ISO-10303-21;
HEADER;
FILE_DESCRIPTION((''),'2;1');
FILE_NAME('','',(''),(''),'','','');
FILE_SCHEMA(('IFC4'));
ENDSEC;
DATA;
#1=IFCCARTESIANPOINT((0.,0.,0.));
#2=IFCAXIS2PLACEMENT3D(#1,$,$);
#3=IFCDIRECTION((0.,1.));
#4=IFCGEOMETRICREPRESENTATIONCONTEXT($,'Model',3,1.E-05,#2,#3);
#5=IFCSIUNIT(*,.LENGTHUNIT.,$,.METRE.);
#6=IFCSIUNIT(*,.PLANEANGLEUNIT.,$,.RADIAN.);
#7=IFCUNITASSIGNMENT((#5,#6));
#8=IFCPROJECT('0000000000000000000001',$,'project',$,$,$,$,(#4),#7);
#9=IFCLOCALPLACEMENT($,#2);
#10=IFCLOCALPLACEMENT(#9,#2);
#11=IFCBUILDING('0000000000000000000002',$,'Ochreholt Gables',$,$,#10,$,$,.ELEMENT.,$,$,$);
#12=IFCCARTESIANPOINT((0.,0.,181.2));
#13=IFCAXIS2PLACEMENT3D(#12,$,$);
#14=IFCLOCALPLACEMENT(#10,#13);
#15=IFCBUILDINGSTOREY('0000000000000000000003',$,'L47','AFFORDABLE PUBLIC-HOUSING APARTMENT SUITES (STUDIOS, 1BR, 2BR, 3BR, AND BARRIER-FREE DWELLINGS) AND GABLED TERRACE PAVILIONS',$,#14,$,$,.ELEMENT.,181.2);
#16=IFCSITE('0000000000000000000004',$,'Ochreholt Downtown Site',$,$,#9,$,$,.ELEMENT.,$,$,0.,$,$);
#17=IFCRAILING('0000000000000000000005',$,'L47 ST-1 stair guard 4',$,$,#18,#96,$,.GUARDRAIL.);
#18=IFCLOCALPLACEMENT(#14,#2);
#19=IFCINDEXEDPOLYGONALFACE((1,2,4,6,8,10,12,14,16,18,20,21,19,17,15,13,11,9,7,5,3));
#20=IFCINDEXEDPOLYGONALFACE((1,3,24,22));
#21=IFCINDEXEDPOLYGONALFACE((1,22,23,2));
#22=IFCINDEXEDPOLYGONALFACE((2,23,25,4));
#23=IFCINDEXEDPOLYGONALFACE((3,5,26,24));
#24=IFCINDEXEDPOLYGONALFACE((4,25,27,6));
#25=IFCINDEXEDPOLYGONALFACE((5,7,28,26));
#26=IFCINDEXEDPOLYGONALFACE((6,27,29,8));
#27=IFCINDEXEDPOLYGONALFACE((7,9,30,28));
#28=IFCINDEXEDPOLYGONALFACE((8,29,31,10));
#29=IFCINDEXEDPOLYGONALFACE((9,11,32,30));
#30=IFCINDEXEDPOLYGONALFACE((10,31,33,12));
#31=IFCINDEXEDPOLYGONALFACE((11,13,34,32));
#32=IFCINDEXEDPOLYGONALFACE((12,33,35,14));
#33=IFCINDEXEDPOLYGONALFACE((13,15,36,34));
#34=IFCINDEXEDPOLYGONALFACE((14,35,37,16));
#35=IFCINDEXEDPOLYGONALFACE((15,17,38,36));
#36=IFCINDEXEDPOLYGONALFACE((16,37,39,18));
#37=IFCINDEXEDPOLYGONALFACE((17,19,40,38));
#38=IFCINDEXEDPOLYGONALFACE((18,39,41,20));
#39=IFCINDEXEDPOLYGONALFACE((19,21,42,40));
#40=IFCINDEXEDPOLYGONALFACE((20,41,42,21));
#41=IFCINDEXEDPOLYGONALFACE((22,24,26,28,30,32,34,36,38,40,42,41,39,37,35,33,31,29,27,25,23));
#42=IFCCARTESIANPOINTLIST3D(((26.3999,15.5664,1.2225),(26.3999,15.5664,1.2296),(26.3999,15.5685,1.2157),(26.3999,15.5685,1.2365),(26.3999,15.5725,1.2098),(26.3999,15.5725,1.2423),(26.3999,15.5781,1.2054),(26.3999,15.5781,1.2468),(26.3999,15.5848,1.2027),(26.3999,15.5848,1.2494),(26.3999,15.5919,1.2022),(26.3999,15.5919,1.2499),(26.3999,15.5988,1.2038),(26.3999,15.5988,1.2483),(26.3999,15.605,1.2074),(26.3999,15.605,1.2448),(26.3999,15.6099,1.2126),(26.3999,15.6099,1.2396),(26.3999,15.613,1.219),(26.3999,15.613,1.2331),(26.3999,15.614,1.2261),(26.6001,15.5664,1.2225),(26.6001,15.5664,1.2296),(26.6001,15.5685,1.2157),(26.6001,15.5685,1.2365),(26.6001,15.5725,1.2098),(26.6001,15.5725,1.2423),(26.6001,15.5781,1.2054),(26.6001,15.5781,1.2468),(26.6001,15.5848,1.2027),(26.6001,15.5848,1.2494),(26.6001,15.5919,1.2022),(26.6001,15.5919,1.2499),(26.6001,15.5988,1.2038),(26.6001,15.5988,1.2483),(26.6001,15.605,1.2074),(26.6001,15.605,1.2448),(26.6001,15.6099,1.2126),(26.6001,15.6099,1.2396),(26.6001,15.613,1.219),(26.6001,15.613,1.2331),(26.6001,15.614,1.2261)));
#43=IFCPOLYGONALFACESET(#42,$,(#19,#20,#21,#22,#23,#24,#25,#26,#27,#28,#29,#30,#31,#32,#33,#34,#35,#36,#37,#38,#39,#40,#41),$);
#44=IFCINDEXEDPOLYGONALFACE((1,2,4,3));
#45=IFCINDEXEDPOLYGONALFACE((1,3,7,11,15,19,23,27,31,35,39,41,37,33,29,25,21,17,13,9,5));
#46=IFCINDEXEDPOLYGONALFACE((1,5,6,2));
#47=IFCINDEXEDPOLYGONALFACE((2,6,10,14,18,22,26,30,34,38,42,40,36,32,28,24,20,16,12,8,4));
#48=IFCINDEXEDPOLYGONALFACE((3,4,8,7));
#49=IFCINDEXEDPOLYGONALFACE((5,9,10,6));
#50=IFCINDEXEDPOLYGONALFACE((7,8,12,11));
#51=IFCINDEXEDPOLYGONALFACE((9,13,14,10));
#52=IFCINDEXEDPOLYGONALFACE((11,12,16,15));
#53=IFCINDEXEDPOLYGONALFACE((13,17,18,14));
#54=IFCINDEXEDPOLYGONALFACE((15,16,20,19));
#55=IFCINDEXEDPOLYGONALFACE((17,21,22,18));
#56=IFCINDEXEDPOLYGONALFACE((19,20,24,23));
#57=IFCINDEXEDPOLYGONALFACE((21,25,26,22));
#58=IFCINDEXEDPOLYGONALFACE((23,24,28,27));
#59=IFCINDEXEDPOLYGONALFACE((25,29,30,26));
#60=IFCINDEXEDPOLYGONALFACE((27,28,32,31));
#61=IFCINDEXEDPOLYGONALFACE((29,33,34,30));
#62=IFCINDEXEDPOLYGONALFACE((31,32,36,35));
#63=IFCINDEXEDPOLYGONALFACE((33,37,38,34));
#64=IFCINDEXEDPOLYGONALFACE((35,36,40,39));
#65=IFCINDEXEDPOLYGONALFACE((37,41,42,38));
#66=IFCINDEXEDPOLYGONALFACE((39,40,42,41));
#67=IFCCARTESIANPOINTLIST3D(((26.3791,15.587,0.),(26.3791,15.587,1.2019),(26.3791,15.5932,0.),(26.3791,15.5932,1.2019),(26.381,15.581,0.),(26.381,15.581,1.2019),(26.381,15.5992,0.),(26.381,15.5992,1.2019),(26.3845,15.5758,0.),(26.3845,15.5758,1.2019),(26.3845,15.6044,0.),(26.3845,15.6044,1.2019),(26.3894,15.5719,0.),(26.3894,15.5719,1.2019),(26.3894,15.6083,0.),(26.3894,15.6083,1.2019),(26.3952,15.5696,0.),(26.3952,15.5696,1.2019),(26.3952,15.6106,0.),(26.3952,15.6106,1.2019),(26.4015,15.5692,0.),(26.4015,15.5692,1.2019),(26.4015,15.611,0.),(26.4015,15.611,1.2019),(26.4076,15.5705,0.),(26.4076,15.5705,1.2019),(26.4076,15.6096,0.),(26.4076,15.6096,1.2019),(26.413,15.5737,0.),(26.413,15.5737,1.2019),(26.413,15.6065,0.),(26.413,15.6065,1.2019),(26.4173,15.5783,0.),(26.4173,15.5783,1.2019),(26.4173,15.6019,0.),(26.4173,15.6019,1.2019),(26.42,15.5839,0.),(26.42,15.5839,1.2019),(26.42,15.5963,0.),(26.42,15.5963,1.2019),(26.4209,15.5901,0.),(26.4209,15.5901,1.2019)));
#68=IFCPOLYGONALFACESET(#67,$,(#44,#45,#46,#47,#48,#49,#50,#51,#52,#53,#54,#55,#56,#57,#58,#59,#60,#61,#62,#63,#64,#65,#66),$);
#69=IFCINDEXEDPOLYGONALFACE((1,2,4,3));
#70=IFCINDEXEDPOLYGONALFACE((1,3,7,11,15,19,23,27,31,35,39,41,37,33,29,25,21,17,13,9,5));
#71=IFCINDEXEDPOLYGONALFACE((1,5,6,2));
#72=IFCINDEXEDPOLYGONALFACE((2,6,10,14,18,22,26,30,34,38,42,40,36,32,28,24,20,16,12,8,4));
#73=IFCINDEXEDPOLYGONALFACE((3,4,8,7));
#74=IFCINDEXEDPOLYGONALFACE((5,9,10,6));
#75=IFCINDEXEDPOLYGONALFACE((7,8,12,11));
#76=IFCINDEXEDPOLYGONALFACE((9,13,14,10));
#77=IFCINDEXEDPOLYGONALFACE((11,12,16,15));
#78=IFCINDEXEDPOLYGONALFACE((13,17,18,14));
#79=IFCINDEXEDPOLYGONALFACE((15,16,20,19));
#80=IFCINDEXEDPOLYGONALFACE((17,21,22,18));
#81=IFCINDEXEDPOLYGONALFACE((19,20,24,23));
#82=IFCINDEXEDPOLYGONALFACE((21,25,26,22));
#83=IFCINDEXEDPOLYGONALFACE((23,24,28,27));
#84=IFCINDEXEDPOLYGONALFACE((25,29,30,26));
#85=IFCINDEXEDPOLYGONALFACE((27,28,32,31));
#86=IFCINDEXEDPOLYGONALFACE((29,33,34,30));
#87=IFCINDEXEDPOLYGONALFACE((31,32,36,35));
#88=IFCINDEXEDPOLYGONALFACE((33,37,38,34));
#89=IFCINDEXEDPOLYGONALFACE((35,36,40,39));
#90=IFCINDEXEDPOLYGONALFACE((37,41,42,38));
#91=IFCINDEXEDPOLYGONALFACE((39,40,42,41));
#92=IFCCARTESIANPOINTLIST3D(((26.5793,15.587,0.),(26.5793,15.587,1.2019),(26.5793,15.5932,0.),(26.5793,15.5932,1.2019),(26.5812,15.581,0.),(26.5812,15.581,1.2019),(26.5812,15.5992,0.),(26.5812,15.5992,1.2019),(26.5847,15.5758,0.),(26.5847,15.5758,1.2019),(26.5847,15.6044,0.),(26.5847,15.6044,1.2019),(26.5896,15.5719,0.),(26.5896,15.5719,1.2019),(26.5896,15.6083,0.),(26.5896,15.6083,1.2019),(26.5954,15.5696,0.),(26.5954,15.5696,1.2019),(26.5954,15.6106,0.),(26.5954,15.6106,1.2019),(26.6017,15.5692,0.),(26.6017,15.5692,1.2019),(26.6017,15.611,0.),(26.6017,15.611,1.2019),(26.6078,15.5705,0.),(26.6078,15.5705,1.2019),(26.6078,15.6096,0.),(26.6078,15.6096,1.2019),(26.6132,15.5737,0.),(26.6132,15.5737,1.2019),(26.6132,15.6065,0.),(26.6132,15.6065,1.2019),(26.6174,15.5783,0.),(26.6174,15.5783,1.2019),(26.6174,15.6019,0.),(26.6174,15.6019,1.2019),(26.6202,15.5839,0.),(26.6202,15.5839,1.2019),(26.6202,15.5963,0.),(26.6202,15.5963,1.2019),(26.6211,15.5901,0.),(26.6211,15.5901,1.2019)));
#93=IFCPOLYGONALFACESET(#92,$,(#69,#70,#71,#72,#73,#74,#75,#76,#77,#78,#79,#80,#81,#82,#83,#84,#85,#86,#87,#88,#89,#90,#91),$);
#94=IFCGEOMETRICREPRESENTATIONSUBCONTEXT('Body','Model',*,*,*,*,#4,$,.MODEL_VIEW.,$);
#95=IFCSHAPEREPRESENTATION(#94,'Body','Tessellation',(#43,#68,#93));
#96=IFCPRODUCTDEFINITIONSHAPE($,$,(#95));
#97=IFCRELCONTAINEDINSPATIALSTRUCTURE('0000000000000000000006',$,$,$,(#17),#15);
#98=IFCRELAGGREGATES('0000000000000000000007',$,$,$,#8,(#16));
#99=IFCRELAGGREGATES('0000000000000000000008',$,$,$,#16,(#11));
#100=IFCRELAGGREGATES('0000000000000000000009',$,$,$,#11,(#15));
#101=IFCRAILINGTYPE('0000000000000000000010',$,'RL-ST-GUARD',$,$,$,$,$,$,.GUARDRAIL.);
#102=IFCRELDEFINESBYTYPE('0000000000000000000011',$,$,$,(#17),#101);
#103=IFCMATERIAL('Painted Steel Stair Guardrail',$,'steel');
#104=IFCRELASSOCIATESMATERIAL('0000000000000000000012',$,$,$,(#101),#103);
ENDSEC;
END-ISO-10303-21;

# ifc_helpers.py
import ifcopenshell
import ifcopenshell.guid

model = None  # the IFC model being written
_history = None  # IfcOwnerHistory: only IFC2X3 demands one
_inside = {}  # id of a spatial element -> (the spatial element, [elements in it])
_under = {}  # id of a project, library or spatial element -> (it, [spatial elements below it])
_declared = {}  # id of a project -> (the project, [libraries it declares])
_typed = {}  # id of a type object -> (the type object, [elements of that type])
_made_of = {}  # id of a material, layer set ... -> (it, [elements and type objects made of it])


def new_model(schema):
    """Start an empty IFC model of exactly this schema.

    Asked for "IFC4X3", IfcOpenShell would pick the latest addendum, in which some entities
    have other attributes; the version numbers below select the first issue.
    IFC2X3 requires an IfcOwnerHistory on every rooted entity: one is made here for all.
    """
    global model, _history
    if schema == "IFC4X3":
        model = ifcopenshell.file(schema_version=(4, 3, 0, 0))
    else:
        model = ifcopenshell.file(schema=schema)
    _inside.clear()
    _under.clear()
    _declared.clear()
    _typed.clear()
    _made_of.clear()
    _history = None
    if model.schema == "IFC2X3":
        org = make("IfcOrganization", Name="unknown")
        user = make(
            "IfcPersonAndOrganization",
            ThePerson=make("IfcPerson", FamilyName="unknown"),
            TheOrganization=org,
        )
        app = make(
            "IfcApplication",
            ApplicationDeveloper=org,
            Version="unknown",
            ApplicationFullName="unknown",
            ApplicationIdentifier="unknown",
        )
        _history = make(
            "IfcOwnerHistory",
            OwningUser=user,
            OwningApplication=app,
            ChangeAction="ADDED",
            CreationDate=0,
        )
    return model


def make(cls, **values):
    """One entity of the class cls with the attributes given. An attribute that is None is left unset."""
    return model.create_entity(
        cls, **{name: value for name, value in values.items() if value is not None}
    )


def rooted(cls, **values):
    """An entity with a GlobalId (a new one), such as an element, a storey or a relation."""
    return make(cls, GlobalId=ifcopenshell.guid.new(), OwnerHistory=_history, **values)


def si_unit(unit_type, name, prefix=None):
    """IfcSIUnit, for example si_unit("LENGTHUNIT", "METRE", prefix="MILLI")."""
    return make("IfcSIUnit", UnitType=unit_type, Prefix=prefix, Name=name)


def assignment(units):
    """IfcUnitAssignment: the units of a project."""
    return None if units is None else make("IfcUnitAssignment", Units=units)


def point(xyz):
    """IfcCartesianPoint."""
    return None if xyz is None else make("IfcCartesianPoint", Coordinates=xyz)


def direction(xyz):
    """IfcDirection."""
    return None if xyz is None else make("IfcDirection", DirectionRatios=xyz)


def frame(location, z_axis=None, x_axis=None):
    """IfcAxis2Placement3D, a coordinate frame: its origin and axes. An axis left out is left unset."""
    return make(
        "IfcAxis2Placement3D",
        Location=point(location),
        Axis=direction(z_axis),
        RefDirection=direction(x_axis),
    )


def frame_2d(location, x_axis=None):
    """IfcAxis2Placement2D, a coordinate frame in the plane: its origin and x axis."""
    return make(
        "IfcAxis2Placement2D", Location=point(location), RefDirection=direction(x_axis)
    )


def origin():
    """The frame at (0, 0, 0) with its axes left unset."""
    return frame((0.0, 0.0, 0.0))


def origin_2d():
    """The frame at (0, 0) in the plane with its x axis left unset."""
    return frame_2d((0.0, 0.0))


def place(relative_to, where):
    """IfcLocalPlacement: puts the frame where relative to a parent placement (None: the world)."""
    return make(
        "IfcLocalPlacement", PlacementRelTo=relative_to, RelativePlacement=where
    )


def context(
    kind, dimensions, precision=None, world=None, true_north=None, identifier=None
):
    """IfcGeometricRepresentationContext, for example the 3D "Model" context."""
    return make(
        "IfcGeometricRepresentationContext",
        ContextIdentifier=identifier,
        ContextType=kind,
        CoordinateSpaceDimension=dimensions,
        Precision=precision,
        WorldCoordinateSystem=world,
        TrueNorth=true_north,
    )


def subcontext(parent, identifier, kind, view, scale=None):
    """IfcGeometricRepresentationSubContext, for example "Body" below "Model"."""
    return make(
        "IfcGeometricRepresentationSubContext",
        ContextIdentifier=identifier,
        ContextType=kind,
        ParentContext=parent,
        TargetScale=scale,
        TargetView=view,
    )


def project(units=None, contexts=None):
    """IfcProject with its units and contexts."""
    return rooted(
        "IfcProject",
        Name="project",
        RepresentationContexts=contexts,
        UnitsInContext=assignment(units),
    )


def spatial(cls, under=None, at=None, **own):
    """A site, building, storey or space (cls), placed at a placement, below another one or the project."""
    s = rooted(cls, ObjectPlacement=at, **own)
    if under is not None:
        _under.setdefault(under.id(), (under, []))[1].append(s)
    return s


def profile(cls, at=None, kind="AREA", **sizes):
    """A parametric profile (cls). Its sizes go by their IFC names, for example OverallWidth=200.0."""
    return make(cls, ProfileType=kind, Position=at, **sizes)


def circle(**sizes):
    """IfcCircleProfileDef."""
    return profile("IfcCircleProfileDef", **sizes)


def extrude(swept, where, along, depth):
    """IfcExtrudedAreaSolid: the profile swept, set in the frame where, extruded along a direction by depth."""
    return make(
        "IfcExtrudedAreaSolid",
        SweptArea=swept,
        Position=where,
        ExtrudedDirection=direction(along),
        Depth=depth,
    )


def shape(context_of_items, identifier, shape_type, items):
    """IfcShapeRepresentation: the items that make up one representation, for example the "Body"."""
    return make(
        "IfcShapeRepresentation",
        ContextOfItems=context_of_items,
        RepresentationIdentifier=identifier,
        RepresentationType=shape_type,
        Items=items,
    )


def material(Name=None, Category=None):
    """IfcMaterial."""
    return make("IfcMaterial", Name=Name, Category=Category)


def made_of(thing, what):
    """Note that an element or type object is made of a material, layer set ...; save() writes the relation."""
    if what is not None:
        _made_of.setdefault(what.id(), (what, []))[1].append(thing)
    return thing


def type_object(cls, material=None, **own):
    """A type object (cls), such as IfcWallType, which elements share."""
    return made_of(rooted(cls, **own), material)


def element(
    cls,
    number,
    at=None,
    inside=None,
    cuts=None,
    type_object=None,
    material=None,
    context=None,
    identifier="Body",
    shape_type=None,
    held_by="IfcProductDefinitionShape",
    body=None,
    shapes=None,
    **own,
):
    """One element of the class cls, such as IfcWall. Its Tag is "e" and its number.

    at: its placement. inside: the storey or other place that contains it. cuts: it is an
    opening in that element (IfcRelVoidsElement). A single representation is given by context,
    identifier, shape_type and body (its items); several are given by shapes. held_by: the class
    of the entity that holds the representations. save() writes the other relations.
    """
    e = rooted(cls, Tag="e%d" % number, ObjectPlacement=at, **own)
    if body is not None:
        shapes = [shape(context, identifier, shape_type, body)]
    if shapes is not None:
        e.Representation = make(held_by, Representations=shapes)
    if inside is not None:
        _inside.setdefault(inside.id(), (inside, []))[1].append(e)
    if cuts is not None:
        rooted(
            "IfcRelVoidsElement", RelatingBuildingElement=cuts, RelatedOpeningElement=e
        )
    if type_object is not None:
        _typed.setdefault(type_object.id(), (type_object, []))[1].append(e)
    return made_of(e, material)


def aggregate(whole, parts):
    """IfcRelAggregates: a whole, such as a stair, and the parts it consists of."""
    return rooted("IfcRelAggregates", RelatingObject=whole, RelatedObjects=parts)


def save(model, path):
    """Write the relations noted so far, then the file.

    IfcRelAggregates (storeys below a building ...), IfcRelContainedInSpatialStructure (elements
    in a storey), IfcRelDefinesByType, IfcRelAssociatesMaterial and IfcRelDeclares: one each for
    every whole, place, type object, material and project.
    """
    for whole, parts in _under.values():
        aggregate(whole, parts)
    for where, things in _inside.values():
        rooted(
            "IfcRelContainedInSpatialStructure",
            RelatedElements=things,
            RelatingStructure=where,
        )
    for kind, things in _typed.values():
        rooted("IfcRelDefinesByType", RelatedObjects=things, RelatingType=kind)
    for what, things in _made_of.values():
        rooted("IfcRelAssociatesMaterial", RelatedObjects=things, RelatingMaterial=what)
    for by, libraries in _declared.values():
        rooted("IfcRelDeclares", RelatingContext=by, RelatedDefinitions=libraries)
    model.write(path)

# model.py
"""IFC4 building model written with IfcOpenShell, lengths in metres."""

from ifc_helpers import new_model, si_unit, direction, frame, origin, origin_2d, place, context, subcontext, project, spatial, circle, extrude, material, type_object, element, save


model = new_model("IFC4")

# Units and contexts
model_context = context("Model", 3, precision=1e-05, world=origin(), true_north=direction((0.0, 1.0)))
body_context = subcontext(model_context, "Body", "Model", "MODEL_VIEW")
ifc_project = project(units=[si_unit("LENGTHUNIT", "METRE"), si_unit("PLANEANGLEUNIT", "RADIAN")], contexts=[model_context])

# Site, building, storey
site_placement = place(None, origin())
site = spatial("IfcSite", under=ifc_project, at=site_placement, Name="Ochreholt Downtown Site", CompositionType="ELEMENT", RefElevation=0.0)
building_placement = place(site_placement, origin())
building = spatial("IfcBuilding", under=site, at=building_placement, Name="Ochreholt Gables", CompositionType="ELEMENT")
storey_placement = place(building_placement, frame((0.0, 0.0, 181.2)))
storey = spatial("IfcBuildingStorey", under=building, at=storey_placement, Name="L47", Description="AFFORDABLE PUBLIC-HOUSING APARTMENT SUITES (STUDIOS, 1BR, 2BR, 3BR, AND BARRIER-FREE DWELLINGS) AND GABLED TERRACE PAVILIONS", CompositionType="ELEMENT", Elevation=181.2)

# Railing
ifc_material_1 = material(Name="Painted Steel Stair Guardrail", Category="steel")
railing_type_1 = type_object("IfcRailingType", Name="RL-ST-GUARD", PredefinedType="GUARDRAIL", material=ifc_material_1)
railing_1_placement = place(storey_placement, frame((26.3999, 15.5901, 0.0)))
element("IfcRailing", 1, at=railing_1_placement, inside=storey, type_object=railing_type_1, Name="L47 ST-1 stair guard 4", PredefinedType="GUARDRAIL", context=body_context, shape_type="SweptSolid", body=[
    extrude(circle(Radius=0.0239, at=origin_2d()), frame((0.0, 0.0, 1.2261), z_axis=(1.0, 0.0, 0.0), x_axis=(0.0, 1.0, 0.0)), (0.0, 0.0, 1.0), 0.2002),
    extrude(circle(Radius=0.021, at=origin_2d()), origin(), (0.0, 0.0, 1.0), 1.2019),
    extrude(circle(Radius=0.021, at=origin_2d()), frame((0.2002, 0.0, 0.0)), (0.0, 0.0, 1.0), 1.2019),
])

save(model, "model.ifc")
